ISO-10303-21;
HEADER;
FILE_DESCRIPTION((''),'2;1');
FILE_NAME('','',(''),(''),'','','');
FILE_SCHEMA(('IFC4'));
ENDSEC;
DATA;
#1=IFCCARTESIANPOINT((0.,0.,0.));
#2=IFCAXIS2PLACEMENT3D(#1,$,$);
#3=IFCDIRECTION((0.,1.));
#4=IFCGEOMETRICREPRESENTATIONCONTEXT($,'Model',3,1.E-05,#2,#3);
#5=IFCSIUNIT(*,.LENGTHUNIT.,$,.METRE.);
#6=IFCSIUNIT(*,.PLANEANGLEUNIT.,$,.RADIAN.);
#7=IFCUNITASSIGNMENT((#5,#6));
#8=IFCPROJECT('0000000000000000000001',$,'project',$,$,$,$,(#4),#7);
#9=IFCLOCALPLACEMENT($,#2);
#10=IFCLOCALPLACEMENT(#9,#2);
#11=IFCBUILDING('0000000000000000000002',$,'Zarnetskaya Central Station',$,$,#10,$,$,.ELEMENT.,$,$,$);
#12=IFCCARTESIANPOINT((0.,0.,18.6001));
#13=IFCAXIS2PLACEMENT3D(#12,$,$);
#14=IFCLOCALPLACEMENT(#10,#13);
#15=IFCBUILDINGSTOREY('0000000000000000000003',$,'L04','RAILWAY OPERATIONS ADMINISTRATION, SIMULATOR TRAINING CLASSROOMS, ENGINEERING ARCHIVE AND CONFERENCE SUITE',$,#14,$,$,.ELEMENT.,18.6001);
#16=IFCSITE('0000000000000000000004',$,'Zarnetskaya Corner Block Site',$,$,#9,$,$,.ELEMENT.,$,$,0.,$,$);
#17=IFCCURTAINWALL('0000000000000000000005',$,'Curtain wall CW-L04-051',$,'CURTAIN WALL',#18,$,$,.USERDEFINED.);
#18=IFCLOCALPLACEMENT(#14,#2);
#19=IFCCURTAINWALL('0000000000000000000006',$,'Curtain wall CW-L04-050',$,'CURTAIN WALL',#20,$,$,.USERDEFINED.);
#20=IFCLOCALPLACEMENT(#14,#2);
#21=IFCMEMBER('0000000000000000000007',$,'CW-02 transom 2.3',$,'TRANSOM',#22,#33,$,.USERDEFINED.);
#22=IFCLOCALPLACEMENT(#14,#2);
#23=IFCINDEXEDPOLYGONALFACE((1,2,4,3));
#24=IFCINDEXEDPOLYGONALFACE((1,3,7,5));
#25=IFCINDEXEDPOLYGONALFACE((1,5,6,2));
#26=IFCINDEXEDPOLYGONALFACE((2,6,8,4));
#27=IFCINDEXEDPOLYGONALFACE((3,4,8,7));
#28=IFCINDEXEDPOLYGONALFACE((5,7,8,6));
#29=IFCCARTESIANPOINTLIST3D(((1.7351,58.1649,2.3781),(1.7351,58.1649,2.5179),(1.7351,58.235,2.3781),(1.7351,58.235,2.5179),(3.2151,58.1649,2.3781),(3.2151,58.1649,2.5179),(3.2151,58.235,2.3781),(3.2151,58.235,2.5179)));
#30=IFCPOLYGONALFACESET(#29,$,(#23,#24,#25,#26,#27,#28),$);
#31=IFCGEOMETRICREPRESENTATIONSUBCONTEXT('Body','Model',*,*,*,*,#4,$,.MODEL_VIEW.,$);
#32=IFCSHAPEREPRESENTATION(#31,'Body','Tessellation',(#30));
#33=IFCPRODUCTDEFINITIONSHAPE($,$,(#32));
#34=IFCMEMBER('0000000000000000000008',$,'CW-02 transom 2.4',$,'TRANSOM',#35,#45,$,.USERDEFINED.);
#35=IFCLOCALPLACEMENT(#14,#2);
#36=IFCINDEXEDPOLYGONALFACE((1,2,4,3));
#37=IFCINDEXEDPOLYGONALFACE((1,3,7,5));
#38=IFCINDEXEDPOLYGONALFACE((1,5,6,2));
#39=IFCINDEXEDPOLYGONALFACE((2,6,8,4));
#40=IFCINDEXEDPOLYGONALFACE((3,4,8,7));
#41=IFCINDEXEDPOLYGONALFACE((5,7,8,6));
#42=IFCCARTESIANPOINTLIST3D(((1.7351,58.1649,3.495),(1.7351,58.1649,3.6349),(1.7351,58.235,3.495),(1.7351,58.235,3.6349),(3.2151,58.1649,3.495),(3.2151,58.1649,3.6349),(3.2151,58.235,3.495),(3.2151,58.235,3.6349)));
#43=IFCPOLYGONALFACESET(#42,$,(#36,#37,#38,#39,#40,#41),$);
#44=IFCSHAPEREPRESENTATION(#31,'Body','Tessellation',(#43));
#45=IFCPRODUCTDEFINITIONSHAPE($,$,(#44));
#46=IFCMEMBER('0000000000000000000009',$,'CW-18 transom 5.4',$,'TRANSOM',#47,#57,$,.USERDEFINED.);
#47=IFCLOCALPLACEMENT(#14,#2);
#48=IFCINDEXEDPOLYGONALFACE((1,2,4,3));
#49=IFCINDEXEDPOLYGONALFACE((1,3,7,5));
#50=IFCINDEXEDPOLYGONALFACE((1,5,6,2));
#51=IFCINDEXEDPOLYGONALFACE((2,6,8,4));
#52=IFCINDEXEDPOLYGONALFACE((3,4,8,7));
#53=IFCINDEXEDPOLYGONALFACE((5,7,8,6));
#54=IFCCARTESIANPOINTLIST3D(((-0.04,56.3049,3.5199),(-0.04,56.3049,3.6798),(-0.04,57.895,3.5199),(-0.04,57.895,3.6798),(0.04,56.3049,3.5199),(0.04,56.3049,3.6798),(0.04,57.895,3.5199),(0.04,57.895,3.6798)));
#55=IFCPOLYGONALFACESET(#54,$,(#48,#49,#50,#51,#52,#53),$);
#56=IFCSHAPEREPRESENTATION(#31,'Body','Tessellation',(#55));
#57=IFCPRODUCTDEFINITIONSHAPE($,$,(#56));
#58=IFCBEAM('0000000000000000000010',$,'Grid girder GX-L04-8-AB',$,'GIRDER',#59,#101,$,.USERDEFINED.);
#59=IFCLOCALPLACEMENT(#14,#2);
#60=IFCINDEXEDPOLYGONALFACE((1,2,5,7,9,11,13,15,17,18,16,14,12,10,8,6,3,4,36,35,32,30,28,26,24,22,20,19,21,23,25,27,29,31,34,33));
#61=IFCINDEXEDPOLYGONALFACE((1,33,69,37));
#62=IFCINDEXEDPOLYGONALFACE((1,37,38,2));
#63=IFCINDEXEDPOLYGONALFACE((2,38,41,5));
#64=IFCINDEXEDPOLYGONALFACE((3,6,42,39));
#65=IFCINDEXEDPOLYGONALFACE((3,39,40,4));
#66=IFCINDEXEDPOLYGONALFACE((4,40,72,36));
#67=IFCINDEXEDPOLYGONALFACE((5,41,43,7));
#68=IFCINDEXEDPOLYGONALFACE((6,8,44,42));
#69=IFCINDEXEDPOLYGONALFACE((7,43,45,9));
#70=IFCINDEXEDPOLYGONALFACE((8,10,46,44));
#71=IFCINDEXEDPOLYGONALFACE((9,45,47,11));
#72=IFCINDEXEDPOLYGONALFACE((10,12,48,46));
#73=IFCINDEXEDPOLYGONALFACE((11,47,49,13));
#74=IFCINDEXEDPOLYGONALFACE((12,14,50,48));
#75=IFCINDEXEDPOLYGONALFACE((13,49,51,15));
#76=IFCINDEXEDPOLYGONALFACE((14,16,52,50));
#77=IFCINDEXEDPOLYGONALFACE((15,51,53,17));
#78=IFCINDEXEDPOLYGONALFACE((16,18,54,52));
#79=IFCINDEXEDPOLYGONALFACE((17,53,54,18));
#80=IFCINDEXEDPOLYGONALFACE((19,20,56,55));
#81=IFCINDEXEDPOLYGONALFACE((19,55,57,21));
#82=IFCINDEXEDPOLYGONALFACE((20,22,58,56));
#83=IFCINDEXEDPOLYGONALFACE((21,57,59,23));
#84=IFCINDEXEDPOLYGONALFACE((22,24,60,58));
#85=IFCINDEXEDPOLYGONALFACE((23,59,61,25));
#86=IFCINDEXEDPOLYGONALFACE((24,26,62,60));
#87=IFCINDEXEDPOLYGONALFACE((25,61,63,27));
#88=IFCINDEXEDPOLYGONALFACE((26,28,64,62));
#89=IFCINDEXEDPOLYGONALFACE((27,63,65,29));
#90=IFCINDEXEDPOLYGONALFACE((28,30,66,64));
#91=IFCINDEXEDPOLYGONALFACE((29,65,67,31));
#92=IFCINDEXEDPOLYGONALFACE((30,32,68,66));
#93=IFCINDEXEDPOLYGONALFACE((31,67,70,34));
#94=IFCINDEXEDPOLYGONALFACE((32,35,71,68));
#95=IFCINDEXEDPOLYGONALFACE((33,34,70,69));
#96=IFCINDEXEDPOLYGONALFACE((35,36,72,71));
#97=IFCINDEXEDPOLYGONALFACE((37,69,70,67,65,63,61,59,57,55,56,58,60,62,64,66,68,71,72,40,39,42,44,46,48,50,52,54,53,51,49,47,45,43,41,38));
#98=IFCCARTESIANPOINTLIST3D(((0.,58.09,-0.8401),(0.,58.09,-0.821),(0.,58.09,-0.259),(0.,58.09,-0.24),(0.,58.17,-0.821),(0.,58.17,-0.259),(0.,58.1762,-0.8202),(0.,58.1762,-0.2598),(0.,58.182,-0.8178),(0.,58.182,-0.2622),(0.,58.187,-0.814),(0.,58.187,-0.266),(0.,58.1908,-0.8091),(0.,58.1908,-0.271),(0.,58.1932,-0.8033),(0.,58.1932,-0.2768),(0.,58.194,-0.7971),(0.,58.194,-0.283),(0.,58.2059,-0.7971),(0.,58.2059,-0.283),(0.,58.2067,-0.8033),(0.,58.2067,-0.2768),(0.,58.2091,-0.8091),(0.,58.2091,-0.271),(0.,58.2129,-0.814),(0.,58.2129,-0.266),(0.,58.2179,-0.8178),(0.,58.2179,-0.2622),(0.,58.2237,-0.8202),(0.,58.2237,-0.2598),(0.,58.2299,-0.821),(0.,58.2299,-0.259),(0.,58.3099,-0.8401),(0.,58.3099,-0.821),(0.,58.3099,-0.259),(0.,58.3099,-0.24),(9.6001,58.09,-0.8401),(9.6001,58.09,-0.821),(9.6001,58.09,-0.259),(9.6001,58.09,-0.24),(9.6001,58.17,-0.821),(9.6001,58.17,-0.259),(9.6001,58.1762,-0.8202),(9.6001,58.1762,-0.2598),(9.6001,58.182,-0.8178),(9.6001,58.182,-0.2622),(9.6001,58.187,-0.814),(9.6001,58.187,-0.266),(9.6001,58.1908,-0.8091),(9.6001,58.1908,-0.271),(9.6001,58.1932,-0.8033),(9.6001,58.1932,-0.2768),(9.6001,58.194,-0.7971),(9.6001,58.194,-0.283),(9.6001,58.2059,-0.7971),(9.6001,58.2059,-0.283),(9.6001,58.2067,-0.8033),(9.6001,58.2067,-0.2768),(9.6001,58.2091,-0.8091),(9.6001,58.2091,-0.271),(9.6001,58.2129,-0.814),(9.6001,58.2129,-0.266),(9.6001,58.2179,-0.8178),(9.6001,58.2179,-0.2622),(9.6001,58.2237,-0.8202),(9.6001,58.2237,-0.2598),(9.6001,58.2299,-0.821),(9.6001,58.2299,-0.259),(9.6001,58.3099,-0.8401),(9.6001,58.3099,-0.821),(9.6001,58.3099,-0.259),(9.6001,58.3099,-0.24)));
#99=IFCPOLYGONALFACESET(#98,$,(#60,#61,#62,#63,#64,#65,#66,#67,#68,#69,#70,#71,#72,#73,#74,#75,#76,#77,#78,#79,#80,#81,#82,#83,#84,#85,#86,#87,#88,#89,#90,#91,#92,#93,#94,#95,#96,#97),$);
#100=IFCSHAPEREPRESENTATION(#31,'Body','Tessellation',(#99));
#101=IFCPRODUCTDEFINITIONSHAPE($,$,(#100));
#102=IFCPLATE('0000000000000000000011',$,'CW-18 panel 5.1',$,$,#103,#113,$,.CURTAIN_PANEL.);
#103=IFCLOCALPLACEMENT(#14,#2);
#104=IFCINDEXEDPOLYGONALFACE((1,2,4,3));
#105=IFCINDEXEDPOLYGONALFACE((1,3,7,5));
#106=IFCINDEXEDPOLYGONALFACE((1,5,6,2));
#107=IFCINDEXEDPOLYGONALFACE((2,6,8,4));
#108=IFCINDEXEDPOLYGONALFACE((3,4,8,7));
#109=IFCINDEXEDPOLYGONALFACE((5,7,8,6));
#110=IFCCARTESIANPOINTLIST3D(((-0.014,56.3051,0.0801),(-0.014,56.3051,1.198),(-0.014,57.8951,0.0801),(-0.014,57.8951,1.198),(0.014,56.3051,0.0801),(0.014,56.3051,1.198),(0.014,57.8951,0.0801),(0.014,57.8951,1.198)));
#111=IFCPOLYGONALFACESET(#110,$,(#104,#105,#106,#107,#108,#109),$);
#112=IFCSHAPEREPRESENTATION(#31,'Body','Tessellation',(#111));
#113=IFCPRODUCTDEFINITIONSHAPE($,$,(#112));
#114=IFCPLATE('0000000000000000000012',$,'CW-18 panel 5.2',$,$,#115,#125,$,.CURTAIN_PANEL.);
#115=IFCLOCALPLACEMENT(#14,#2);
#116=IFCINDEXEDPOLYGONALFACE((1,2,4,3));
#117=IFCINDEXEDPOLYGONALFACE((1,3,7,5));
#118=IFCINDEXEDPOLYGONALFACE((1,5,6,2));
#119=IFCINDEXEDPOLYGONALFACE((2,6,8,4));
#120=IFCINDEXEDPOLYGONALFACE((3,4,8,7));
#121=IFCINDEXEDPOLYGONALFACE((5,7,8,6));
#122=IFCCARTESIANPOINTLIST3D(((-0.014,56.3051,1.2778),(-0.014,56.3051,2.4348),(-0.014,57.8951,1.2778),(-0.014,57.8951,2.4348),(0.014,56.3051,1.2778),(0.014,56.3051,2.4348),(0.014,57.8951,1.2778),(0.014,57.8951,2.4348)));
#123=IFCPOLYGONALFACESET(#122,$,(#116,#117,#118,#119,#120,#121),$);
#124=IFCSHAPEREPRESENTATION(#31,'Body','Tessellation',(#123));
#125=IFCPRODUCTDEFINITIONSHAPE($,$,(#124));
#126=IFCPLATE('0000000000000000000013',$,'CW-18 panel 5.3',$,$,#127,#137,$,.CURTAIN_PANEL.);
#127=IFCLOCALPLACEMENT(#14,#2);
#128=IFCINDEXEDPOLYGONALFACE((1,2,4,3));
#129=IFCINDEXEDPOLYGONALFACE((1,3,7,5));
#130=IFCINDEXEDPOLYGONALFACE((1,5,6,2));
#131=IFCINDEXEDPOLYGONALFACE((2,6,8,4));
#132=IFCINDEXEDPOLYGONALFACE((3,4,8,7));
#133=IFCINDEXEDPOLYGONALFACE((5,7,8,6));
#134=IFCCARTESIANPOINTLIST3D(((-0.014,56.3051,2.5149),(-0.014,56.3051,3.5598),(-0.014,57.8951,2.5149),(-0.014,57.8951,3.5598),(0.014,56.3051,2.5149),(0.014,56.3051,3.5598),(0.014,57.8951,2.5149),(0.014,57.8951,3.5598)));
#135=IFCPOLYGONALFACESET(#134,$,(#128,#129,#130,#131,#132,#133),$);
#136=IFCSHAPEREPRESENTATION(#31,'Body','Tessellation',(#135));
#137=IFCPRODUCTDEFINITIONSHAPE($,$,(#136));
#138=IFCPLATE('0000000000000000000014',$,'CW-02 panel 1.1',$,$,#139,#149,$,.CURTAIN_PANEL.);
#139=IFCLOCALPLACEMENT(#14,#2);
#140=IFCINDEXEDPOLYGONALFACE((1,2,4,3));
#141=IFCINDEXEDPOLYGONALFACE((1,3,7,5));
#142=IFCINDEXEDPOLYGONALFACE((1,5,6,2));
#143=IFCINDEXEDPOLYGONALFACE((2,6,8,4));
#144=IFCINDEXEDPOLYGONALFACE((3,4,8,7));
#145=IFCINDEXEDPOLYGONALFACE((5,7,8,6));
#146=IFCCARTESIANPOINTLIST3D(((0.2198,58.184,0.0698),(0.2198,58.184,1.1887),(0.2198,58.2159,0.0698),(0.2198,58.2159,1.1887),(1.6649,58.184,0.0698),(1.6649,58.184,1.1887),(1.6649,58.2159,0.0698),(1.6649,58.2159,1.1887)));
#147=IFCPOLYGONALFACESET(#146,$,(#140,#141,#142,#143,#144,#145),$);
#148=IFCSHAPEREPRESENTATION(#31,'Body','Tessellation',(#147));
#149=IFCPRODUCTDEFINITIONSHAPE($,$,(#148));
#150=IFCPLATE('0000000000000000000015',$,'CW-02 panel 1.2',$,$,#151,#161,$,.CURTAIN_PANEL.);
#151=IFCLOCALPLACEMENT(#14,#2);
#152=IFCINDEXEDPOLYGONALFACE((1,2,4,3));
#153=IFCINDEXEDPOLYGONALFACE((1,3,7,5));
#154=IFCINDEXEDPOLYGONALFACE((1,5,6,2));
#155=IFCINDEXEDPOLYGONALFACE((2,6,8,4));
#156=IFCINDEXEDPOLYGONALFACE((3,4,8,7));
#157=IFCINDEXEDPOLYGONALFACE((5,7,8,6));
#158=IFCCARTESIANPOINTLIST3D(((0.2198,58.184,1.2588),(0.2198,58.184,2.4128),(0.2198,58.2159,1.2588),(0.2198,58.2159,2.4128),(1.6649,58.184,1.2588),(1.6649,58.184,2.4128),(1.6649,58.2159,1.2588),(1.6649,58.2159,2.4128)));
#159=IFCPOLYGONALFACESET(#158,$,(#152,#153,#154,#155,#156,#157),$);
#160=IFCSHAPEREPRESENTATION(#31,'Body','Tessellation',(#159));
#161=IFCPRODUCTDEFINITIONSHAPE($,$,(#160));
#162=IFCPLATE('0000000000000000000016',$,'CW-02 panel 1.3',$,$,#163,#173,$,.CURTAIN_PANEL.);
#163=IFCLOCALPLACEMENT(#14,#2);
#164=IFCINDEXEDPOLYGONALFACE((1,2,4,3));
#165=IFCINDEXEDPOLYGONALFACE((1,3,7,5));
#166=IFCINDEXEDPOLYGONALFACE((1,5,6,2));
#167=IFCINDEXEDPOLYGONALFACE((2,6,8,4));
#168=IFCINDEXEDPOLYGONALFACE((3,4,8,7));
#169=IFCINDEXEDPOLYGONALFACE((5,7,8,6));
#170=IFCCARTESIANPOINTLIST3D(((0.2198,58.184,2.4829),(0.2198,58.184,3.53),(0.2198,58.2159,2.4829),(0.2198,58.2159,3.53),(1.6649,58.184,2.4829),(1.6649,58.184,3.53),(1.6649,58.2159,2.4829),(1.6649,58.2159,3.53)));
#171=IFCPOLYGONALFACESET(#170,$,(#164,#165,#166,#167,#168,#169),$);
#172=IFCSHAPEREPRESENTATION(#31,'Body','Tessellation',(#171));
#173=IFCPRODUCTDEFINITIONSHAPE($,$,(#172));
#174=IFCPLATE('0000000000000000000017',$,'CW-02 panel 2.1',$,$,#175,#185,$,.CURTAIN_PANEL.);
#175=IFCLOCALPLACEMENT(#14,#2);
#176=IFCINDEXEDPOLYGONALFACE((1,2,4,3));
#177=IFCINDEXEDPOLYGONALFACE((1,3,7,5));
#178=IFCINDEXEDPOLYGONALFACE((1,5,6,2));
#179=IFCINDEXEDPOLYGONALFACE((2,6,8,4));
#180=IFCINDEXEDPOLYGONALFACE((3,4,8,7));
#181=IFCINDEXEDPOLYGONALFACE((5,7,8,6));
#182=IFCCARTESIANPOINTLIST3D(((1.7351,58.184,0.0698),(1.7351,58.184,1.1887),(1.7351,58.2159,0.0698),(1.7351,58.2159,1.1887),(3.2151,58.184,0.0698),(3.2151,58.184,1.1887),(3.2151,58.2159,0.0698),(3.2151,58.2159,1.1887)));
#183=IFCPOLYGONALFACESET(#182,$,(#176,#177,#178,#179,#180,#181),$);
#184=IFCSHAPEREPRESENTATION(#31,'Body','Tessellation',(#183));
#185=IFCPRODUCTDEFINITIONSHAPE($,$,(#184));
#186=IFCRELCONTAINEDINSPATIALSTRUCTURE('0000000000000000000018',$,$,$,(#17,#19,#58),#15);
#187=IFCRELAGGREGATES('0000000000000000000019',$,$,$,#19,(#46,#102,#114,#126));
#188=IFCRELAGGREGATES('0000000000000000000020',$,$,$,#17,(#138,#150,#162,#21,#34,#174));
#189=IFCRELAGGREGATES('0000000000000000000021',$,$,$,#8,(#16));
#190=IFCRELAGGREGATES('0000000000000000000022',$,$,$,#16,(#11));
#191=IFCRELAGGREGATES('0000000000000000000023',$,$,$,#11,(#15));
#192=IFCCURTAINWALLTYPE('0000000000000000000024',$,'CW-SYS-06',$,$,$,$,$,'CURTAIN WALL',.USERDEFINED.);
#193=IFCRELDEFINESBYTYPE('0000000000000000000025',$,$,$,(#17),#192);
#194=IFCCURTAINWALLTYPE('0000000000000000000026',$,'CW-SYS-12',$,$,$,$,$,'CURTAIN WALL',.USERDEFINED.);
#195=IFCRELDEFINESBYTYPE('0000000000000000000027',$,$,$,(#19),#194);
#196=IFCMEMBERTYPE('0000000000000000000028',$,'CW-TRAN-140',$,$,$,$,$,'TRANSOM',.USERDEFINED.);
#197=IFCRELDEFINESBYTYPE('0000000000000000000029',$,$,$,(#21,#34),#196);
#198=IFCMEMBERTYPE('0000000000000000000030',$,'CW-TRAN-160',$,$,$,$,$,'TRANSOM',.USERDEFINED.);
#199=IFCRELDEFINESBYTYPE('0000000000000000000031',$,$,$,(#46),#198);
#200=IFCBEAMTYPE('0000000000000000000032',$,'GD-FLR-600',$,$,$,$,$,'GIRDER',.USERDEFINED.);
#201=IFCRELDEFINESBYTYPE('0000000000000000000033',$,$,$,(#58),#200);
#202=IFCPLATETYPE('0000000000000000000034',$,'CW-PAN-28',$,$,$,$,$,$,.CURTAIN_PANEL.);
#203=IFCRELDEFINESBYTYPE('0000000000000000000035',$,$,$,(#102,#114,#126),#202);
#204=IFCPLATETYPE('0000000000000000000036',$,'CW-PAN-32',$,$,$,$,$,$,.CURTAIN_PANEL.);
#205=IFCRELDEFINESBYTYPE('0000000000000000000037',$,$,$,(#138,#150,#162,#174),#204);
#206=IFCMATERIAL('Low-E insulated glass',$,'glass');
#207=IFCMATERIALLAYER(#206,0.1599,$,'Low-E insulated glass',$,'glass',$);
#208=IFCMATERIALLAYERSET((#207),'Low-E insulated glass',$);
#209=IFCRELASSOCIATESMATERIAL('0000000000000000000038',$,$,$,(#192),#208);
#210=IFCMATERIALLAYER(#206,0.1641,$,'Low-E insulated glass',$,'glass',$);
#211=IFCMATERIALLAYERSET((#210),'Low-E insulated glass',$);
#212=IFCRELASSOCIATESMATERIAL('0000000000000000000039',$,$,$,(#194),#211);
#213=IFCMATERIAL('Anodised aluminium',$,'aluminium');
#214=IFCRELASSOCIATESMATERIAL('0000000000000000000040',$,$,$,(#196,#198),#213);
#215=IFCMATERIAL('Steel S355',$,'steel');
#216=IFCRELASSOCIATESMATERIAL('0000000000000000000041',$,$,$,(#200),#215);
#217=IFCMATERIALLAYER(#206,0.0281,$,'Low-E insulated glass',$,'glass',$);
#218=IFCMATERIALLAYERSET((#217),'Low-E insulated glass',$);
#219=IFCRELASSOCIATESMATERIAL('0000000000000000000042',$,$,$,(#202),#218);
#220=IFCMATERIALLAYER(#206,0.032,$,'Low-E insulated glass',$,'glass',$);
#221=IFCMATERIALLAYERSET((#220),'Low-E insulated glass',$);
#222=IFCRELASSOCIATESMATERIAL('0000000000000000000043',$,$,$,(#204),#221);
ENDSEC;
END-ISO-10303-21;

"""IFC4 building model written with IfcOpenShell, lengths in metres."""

from ifc_helpers import new_model, si_unit, direction, frame, origin, origin_2d, place, context, subcontext, project, spatial, rectangle, i_section, extrude, material, layer, layer_set, material_profile, profile_set, type_object, element, aggregate, save


model = new_model("IFC4")

# Units and contexts
model_context = context("Model", 3, precision=1e-05, world=origin(), true_north=direction((0.0, 1.0)))
body_context = subcontext(model_context, "Body", "Model", "MODEL_VIEW")
ifc_project = project(units=[si_unit("LENGTHUNIT", "METRE"), si_unit("PLANEANGLEUNIT", "RADIAN")], contexts=[model_context])

# Site, building, storey
site_placement = place(None, origin())
site = spatial("IfcSite", under=ifc_project, at=site_placement, Name="Zarnetskaya Corner Block Site", CompositionType="ELEMENT", RefElevation=0.0)
building_placement = place(site_placement, origin())
building = spatial("IfcBuilding", under=site, at=building_placement, Name="Zarnetskaya Central Station", CompositionType="ELEMENT")
storey_placement = place(building_placement, frame((0.0, 0.0, 18.6001)))
storey = spatial("IfcBuildingStorey", under=building, at=storey_placement, Name="L04", Description="RAILWAY OPERATIONS ADMINISTRATION, SIMULATOR TRAINING CLASSROOMS, ENGINEERING ARCHIVE AND CONFERENCE SUITE", CompositionType="ELEMENT", Elevation=18.6001)

# Shared definitions
ifc_material_1 = material(Name="Steel S355", Category="steel")

# Curtain wall
ifc_material_2 = material(Name="Low-E insulated glass", Category="glass")
ifc_layer_1 = layer(ifc_material_2, 0.1599, Name="Low-E insulated glass", Category="glass")
ifc_layer_set_1 = layer_set([ifc_layer_1], Name="Low-E insulated glass")
curtain_wall_type_1 = type_object("IfcCurtainWallType", Name="CW-SYS-06", ElementType="CURTAIN WALL", PredefinedType="USERDEFINED", material=ifc_layer_set_1)
curtain_wall_1_placement = place(storey_placement, origin())
curtain_wall_1 = element("IfcCurtainWall", 1, at=curtain_wall_1_placement, inside=storey, type_object=curtain_wall_type_1, Name="Curtain wall CW-L04-051", ObjectType="CURTAIN WALL", PredefinedType="USERDEFINED")
ifc_material_3 = material(Name="Anodised aluminium", Category="aluminium")

# Curtain wall
ifc_layer_2 = layer(ifc_material_2, 0.1641, Name="Low-E insulated glass", Category="glass")
ifc_layer_set_2 = layer_set([ifc_layer_2], Name="Low-E insulated glass")
curtain_wall_type_2 = type_object("IfcCurtainWallType", Name="CW-SYS-12", ElementType="CURTAIN WALL", PredefinedType="USERDEFINED", material=ifc_layer_set_2)
curtain_wall_2_placement = place(storey_placement, origin())
curtain_wall_2 = element("IfcCurtainWall", 2, at=curtain_wall_2_placement, inside=storey, type_object=curtain_wall_type_2, Name="Curtain wall CW-L04-050", ObjectType="CURTAIN WALL", PredefinedType="USERDEFINED")

# Members
ifc_material_profile_1 = material_profile(ifc_material_3, rectangle(XDim=0.0701, YDim=0.1399, at=origin_2d()), Name="ALU TRAN 70x140")
ifc_profile_set_1 = profile_set([ifc_material_profile_1], Name="Anodised aluminium")
member_type_1 = type_object("IfcMemberType", Name="CW-TRAN-140", ElementType="TRANSOM", PredefinedType="USERDEFINED", material=ifc_profile_set_1)
member_1_placement = place(storey_placement, frame((1.7351, 58.2, 2.448), z_axis=(1.0, 0.0, 0.0), x_axis=(0.0, 1.0, 0.0)))
member_1 = element("IfcMember", 3, at=member_1_placement, type_object=member_type_1, Name="CW-02 transom 2.3", ObjectType="TRANSOM", PredefinedType="USERDEFINED", context=body_context, shape_type="SweptSolid", body=[
    extrude(rectangle(XDim=0.0701, YDim=0.1399, at=origin_2d()), origin(), (0.0, 0.0, 1.0), 1.48),
])
member_2_placement = place(storey_placement, frame((1.7351, 58.2, 3.5649), z_axis=(1.0, 0.0, 0.0), x_axis=(0.0, 1.0, 0.0)))
member_2 = element("IfcMember", 4, at=member_2_placement, type_object=member_type_1, Name="CW-02 transom 2.4", ObjectType="TRANSOM", PredefinedType="USERDEFINED", context=body_context, shape_type="SweptSolid", body=[
    extrude(rectangle(XDim=0.0701, YDim=0.1399, at=origin_2d()), origin(), (0.0, 0.0, 1.0), 1.48),
])
ifc_material_profile_2 = material_profile(ifc_material_3, rectangle(XDim=0.0801, YDim=0.1599, at=origin_2d()), Name="ALU TRAN 80x160")
ifc_profile_set_2 = profile_set([ifc_material_profile_2], Name="Anodised aluminium")
member_type_2 = type_object("IfcMemberType", Name="CW-TRAN-160", ElementType="TRANSOM", PredefinedType="USERDEFINED", material=ifc_profile_set_2)
member_3_placement = place(storey_placement, frame((0.0, 56.3049, 3.5999), z_axis=(0.0, 1.0, 0.0), x_axis=(-1.0, 0.0, 0.0)))
member_3 = element("IfcMember", 5, at=member_3_placement, type_object=member_type_2, Name="CW-18 transom 5.4", ObjectType="TRANSOM", PredefinedType="USERDEFINED", context=body_context, shape_type="SweptSolid", body=[
    extrude(rectangle(XDim=0.0801, YDim=0.1599, at=origin_2d()), origin(), (0.0, 0.0, 1.0), 1.5901),
])

# Beam
ifc_material_profile_3 = material_profile(ifc_material_1, i_section(OverallWidth=0.22, OverallDepth=0.6001, WebThickness=0.012, FlangeThickness=0.019, FilletRadius=0.0239, at=origin_2d()), Name="IPE 600")
ifc_profile_set_3 = profile_set([ifc_material_profile_3], Name="Steel S355")
beam_type = type_object("IfcBeamType", Name="GD-FLR-600", ElementType="GIRDER", PredefinedType="USERDEFINED", material=ifc_profile_set_3)
beam_placement = place(storey_placement, frame((0.0, 58.2, -0.54), z_axis=(1.0, 0.0, 0.0), x_axis=(0.0, 1.0, 0.0)))
element("IfcBeam", 6, at=beam_placement, inside=storey, type_object=beam_type, Name="Grid girder GX-L04-8-AB", ObjectType="GIRDER", PredefinedType="USERDEFINED", context=body_context, shape_type="SweptSolid", body=[
    extrude(i_section(OverallWidth=0.22, OverallDepth=0.6001, WebThickness=0.012, FlangeThickness=0.019, FilletRadius=0.0239, at=origin_2d()), origin(), (0.0, 0.0, 1.0), 9.6001),
])

# Plates
ifc_layer_3 = layer(ifc_material_2, 0.0281, Name="Low-E insulated glass", Category="glass")
ifc_layer_set_3 = layer_set([ifc_layer_3], Name="Low-E insulated glass")
plate_type_1 = type_object("IfcPlateType", Name="CW-PAN-28", PredefinedType="CURTAIN_PANEL", material=ifc_layer_set_3)
plate_1_placement = place(storey_placement, frame((0.0, 57.1001, 0.0801), z_axis=(0.0, 0.0, 1.0), x_axis=(0.0, 1.0, 0.0)))
plate_1 = element("IfcPlate", 7, at=plate_1_placement, type_object=plate_type_1, Name="CW-18 panel 5.1", PredefinedType="CURTAIN_PANEL", context=body_context, shape_type="SweptSolid", body=[
    extrude(rectangle(XDim=1.5901, YDim=0.0281, at=origin_2d()), origin(), (0.0, 0.0, 1.0), 1.1179),
])
plate_2_placement = place(storey_placement, frame((0.0, 57.1001, 1.2778), z_axis=(0.0, 0.0, 1.0), x_axis=(0.0, 1.0, 0.0)))
plate_2 = element("IfcPlate", 8, at=plate_2_placement, type_object=plate_type_1, Name="CW-18 panel 5.2", PredefinedType="CURTAIN_PANEL", context=body_context, shape_type="SweptSolid", body=[
    extrude(rectangle(XDim=1.5901, YDim=0.0281, at=origin_2d()), origin(), (0.0, 0.0, 1.0), 1.157),
])
plate_3_placement = place(storey_placement, frame((0.0, 57.1001, 2.5149), z_axis=(0.0, 0.0, 1.0), x_axis=(0.0, 1.0, 0.0)))
plate_3 = element("IfcPlate", 9, at=plate_3_placement, type_object=plate_type_1, Name="CW-18 panel 5.3", PredefinedType="CURTAIN_PANEL", context=body_context, shape_type="SweptSolid", body=[
    extrude(rectangle(XDim=1.5901, YDim=0.0281, at=origin_2d()), origin(), (0.0, 0.0, 1.0), 1.0449),
])
aggregate(curtain_wall_2, [member_3, plate_1, plate_2, plate_3])
ifc_layer_4 = layer(ifc_material_2, 0.032, Name="Low-E insulated glass", Category="glass")
ifc_layer_set_4 = layer_set([ifc_layer_4], Name="Low-E insulated glass")
plate_type_2 = type_object("IfcPlateType", Name="CW-PAN-32", PredefinedType="CURTAIN_PANEL", material=ifc_layer_set_4)
plate_4_placement = place(storey_placement, frame((0.9424, 58.2, 0.0698), z_axis=(0.0, 0.0, 1.0), x_axis=(1.0, 0.0, 0.0)))
plate_4 = element("IfcPlate", 10, at=plate_4_placement, type_object=plate_type_2, Name="CW-02 panel 1.1", PredefinedType="CURTAIN_PANEL", context=body_context, shape_type="SweptSolid", body=[
    extrude(rectangle(XDim=1.4451, YDim=0.032, at=origin_2d()), origin(), (0.0, 0.0, 1.0), 1.1189),
])
plate_5_placement = place(storey_placement, frame((0.9424, 58.2, 1.2588), z_axis=(0.0, 0.0, 1.0), x_axis=(1.0, 0.0, 0.0)))
plate_5 = element("IfcPlate", 11, at=plate_5_placement, type_object=plate_type_2, Name="CW-02 panel 1.2", PredefinedType="CURTAIN_PANEL", context=body_context, shape_type="SweptSolid", body=[
    extrude(rectangle(XDim=1.4451, YDim=0.032, at=origin_2d()), origin(), (0.0, 0.0, 1.0), 1.1541),
])
plate_6_placement = place(storey_placement, frame((0.9424, 58.2, 2.4829), z_axis=(0.0, 0.0, 1.0), x_axis=(1.0, 0.0, 0.0)))
plate_6 = element("IfcPlate", 12, at=plate_6_placement, type_object=plate_type_2, Name="CW-02 panel 1.3", PredefinedType="CURTAIN_PANEL", context=body_context, shape_type="SweptSolid", body=[
    extrude(rectangle(XDim=1.4451, YDim=0.032, at=origin_2d()), origin(), (0.0, 0.0, 1.0), 1.0471),
])
plate_7_placement = place(storey_placement, frame((2.4751, 58.2, 0.0698), z_axis=(0.0, 0.0, 1.0), x_axis=(1.0, 0.0, 0.0)))
plate_7 = element("IfcPlate", 13, at=plate_7_placement, type_object=plate_type_2, Name="CW-02 panel 2.1", PredefinedType="CURTAIN_PANEL", context=body_context, shape_type="SweptSolid", body=[
    extrude(rectangle(XDim=1.48, YDim=0.032, at=origin_2d()), origin(), (0.0, 0.0, 1.0), 1.1189),
])
aggregate(curtain_wall_1, [plate_4, plate_5, plate_6, member_1, member_2, plate_7])

save(model, "model.ifc")
